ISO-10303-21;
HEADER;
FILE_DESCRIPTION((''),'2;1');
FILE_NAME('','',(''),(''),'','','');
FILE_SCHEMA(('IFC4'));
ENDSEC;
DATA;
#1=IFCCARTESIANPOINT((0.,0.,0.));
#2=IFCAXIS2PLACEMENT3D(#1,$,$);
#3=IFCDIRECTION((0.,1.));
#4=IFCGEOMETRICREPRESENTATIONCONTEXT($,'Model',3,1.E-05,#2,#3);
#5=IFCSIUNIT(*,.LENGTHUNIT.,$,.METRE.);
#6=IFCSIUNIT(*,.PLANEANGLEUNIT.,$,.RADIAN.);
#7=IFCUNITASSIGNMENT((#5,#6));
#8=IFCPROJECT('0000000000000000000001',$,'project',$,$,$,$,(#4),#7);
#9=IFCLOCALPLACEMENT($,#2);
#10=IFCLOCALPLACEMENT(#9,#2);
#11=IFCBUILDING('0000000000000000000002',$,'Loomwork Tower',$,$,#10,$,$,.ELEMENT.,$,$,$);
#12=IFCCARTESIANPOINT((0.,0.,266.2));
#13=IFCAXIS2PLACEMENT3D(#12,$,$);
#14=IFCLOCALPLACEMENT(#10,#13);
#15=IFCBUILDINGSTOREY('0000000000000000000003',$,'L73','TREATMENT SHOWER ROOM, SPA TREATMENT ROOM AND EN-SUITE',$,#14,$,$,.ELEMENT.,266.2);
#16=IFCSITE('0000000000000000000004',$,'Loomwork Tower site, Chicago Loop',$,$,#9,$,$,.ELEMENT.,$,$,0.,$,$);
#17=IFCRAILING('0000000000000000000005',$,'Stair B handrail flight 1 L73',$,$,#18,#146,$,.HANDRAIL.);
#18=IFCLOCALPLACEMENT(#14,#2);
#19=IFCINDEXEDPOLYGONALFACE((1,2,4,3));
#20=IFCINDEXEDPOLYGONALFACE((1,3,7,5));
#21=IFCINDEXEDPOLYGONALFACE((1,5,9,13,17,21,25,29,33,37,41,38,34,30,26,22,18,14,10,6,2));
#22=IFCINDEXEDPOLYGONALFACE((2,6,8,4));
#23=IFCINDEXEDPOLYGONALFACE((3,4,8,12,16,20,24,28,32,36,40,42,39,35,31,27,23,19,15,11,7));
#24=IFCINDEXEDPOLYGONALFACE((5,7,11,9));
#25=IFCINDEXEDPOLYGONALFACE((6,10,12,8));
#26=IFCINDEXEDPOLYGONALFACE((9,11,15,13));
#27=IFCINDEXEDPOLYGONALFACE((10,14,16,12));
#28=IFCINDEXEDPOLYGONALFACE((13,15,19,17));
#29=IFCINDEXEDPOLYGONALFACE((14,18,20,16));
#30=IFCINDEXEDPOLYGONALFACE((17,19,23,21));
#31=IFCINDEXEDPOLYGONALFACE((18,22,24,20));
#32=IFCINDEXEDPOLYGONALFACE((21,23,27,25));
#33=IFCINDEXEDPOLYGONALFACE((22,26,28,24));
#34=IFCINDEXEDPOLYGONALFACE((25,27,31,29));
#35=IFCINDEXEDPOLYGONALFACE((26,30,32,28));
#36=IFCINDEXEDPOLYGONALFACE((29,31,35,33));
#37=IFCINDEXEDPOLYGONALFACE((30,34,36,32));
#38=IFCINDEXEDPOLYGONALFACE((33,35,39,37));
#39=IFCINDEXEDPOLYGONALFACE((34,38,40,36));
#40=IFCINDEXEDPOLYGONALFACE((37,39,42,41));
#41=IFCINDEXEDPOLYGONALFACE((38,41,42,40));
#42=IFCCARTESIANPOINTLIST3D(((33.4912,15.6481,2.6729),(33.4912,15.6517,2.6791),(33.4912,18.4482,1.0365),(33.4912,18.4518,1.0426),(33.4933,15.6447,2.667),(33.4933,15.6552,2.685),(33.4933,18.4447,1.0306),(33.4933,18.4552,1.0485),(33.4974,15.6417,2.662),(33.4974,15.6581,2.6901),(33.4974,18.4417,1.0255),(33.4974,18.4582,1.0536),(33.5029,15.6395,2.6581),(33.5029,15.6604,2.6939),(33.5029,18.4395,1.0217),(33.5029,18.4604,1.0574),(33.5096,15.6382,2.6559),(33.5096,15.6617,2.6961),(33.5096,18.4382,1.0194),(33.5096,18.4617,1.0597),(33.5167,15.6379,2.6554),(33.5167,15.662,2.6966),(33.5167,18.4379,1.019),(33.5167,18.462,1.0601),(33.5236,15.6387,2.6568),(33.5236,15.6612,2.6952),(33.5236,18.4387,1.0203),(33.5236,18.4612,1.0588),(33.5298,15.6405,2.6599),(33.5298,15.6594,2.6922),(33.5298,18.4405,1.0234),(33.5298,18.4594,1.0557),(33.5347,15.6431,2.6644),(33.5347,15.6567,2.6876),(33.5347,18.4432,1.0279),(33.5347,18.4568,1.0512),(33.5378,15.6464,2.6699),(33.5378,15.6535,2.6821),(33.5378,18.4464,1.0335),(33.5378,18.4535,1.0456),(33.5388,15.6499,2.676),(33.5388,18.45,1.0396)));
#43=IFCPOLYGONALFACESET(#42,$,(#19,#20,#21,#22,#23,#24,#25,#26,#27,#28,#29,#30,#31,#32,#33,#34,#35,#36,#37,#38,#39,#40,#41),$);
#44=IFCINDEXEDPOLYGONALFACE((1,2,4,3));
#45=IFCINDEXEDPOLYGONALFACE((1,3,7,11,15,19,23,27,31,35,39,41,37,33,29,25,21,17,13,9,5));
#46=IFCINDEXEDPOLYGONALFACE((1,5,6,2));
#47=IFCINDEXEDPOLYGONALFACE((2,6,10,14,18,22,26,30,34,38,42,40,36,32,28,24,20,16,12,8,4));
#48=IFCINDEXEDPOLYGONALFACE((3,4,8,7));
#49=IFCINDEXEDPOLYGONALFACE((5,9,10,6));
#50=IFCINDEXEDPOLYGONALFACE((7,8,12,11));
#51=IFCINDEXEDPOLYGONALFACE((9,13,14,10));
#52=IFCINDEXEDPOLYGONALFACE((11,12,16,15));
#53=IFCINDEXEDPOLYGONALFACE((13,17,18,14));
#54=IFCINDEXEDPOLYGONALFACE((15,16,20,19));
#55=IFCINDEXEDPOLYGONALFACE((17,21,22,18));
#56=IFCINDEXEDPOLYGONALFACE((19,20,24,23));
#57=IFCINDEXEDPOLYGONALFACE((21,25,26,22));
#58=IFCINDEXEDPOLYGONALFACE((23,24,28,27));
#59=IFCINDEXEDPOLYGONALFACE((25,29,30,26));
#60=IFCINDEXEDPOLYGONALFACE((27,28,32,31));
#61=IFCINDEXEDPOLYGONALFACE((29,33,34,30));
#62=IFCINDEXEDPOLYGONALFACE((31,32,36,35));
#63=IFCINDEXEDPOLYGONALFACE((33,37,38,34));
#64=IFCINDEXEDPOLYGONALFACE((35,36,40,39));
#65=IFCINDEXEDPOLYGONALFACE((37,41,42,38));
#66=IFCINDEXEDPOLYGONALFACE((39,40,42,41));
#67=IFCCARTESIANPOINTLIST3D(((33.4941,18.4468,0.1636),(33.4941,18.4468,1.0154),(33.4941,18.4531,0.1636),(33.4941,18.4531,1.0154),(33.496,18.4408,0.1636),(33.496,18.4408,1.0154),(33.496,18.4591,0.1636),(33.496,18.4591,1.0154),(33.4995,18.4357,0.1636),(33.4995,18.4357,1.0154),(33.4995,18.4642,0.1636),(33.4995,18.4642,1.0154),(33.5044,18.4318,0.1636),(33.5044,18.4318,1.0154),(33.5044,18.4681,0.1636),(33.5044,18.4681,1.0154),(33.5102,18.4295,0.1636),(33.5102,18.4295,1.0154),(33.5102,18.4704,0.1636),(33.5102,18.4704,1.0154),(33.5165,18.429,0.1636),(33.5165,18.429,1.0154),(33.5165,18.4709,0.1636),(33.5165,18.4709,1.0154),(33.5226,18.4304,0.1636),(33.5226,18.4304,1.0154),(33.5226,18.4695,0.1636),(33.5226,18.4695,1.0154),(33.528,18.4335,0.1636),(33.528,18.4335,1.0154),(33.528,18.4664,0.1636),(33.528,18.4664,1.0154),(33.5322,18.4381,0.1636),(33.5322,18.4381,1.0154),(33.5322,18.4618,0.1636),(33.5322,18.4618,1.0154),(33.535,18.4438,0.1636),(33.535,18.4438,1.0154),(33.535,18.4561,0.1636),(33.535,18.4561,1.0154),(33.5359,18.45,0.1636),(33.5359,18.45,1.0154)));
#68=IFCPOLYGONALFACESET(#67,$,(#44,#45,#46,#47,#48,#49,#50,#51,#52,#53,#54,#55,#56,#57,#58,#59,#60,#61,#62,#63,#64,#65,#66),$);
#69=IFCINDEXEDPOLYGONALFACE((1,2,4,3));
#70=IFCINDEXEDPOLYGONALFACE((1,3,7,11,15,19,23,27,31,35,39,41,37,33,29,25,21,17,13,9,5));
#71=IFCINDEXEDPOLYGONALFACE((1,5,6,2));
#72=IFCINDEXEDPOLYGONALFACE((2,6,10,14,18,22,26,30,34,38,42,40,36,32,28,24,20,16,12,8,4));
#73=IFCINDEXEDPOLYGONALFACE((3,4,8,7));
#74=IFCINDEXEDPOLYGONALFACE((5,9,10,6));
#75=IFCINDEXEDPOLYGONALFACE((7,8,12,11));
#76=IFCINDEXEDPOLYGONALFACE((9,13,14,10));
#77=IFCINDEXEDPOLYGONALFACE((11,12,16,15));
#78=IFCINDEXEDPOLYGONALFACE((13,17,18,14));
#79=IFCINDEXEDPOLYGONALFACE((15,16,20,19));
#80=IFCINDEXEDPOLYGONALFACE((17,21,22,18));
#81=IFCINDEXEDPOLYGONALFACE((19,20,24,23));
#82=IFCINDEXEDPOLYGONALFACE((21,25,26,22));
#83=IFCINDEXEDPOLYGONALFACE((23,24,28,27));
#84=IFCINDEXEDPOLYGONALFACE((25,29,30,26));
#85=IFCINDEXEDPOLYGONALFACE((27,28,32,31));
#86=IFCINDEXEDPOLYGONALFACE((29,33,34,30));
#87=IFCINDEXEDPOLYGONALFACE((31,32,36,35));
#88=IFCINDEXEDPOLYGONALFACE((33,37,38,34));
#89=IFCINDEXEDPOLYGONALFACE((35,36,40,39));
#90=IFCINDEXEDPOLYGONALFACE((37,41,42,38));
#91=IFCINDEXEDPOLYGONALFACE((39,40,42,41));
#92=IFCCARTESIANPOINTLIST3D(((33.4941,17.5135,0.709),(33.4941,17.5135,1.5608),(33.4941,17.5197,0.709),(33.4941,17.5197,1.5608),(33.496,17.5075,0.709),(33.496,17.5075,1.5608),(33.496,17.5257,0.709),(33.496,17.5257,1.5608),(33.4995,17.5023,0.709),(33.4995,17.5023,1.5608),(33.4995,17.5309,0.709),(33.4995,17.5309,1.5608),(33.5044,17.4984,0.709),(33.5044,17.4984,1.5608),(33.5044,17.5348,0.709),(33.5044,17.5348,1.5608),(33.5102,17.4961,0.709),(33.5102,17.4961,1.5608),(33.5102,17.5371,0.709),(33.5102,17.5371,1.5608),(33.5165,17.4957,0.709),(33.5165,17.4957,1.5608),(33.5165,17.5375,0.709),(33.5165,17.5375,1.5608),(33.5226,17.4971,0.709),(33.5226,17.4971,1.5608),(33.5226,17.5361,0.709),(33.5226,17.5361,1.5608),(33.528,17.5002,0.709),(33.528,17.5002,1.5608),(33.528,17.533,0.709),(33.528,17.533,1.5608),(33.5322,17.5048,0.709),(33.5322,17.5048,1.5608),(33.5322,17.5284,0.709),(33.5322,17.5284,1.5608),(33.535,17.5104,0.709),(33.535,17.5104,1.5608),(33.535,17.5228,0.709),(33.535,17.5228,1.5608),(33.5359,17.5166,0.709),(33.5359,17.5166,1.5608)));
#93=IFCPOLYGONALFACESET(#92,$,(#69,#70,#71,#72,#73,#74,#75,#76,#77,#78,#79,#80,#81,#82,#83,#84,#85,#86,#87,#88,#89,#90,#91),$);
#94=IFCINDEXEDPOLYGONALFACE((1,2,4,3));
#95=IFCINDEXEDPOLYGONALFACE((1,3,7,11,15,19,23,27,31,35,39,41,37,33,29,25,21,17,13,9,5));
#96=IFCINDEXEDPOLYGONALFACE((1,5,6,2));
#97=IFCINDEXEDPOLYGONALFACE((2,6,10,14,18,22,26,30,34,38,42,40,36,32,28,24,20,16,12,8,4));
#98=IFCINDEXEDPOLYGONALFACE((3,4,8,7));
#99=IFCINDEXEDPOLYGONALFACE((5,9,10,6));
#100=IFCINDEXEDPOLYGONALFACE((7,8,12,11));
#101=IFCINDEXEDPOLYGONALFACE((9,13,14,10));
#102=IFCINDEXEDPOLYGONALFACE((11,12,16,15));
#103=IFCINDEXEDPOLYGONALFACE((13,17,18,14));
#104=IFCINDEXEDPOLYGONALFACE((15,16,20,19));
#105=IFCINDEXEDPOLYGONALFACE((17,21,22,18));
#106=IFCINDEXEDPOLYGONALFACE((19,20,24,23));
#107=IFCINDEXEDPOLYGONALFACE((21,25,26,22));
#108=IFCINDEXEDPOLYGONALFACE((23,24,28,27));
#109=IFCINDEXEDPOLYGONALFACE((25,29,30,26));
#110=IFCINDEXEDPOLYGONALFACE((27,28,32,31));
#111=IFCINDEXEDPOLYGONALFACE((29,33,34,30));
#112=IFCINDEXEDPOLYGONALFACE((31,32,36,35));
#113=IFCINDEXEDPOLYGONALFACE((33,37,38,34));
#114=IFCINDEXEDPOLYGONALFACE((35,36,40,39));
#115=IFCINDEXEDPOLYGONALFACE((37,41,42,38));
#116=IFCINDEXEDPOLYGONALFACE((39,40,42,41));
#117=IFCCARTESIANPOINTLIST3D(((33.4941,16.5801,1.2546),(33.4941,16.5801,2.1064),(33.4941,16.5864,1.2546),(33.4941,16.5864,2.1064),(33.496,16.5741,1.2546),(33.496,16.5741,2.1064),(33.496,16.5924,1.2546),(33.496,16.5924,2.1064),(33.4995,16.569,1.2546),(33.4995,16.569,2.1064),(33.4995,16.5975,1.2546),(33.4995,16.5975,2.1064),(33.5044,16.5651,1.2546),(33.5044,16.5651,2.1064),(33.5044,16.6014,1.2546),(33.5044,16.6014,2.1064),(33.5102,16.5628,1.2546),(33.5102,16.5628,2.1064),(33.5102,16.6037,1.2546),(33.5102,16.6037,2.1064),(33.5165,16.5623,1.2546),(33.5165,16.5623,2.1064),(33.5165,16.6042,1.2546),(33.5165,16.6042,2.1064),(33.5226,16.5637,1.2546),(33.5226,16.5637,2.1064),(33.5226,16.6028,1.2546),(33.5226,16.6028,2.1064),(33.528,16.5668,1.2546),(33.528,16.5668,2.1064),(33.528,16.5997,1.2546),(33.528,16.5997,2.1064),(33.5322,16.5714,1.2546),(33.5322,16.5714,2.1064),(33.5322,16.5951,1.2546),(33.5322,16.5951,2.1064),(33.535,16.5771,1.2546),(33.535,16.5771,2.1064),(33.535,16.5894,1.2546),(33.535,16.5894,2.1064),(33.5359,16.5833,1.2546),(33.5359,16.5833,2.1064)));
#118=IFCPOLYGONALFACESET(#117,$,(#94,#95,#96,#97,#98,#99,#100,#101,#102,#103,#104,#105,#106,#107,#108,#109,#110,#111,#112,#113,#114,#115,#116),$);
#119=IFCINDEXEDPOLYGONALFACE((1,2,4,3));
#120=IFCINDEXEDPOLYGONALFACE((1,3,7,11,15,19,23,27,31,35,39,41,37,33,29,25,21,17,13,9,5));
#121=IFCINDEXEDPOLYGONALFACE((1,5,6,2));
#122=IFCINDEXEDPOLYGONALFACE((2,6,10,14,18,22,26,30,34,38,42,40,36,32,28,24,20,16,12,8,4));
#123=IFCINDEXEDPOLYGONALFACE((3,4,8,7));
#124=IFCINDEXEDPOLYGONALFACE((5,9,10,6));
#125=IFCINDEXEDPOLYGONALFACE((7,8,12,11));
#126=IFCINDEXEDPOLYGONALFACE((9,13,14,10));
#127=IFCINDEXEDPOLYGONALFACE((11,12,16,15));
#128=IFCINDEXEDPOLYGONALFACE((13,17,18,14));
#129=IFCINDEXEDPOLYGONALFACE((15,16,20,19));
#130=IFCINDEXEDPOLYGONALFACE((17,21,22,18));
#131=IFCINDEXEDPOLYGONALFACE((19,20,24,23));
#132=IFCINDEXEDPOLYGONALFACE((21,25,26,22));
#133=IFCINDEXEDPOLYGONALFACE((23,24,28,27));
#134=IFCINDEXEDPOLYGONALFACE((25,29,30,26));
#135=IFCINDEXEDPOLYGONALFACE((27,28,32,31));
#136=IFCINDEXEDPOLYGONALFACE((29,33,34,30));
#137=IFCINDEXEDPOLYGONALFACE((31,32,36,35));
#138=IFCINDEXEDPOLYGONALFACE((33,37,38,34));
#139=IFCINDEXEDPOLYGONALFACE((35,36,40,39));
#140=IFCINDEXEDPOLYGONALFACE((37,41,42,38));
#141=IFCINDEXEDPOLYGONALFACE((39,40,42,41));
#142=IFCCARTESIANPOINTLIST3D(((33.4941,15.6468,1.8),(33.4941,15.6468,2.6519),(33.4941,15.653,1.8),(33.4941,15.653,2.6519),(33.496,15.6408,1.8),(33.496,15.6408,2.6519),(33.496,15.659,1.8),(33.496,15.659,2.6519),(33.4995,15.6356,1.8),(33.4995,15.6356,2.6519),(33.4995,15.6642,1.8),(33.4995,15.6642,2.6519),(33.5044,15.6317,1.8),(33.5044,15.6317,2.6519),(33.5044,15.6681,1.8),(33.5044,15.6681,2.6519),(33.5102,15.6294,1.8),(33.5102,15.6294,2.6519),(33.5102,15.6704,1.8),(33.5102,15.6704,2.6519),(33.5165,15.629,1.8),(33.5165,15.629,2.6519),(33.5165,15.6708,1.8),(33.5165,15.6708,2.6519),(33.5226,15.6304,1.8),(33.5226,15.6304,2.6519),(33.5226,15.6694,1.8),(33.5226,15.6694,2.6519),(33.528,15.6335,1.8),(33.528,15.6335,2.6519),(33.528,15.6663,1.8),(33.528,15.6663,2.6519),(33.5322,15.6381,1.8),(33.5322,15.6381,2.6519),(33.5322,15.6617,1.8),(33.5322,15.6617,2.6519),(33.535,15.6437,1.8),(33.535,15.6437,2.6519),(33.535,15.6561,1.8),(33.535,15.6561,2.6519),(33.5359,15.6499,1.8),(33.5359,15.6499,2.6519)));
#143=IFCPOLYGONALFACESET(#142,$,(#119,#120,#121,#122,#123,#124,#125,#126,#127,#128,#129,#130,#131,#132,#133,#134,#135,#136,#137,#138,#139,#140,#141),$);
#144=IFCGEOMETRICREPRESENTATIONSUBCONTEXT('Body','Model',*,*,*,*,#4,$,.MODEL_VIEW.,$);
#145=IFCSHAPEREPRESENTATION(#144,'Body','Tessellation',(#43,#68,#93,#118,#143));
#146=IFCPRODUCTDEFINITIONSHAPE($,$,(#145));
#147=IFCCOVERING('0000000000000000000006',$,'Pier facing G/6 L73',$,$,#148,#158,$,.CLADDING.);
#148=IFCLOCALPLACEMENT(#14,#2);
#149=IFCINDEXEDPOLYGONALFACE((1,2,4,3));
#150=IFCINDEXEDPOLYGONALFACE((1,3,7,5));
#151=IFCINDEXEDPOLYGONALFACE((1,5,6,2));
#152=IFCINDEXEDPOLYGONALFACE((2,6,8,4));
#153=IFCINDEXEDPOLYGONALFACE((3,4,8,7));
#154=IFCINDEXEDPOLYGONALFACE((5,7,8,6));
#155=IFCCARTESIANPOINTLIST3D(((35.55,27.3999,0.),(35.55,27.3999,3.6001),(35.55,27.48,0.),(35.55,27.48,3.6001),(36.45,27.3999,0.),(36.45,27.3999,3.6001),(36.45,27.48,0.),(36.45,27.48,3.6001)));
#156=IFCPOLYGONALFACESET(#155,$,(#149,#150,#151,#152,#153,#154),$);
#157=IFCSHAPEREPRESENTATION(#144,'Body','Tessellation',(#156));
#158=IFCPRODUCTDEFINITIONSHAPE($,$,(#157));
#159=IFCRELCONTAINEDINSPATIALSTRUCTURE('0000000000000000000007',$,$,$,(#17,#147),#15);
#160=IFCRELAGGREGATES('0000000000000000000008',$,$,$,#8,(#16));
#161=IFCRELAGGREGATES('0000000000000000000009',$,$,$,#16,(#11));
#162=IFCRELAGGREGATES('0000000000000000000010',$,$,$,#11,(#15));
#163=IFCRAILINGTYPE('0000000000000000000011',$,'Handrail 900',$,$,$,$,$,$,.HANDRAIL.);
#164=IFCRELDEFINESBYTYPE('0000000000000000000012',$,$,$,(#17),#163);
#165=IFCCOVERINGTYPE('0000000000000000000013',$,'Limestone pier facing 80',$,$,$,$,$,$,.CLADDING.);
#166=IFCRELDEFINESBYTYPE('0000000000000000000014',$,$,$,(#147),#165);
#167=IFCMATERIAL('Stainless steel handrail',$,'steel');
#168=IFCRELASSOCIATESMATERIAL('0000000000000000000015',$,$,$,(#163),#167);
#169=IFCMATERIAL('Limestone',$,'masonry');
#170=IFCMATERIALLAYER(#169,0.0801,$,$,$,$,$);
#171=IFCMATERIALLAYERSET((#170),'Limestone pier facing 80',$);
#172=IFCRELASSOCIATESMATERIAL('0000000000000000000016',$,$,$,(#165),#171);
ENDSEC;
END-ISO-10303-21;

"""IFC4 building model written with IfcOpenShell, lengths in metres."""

from ifc_helpers import new_model, si_unit, direction, frame, origin, origin_2d, place, context, subcontext, project, spatial, rectangle, circle, extrude, material, layer, layer_set, type_object, element, save


model = new_model("IFC4")

# Units and contexts
model_context = context("Model", 3, precision=1e-05, world=origin(), true_north=direction((0.0, 1.0)))
body_context = subcontext(model_context, "Body", "Model", "MODEL_VIEW")
ifc_project = project(units=[si_unit("LENGTHUNIT", "METRE"), si_unit("PLANEANGLEUNIT", "RADIAN")], contexts=[model_context])

# Site, building, storey
site_placement = place(None, origin())
site = spatial("IfcSite", under=ifc_project, at=site_placement, Name="Loomwork Tower site, Chicago Loop", CompositionType="ELEMENT", RefElevation=0.0)
building_placement = place(site_placement, origin())
building = spatial("IfcBuilding", under=site, at=building_placement, Name="Loomwork Tower", CompositionType="ELEMENT")
storey_placement = place(building_placement, frame((0.0, 0.0, 266.2)))
storey = spatial("IfcBuildingStorey", under=building, at=storey_placement, Name="L73", Description="TREATMENT SHOWER ROOM, SPA TREATMENT ROOM AND EN-SUITE", CompositionType="ELEMENT", Elevation=266.2)

# Railing
ifc_material_1 = material(Name="Stainless steel handrail", Category="steel")
railing_type = type_object("IfcRailingType", Name="Handrail 900", PredefinedType="HANDRAIL", material=ifc_material_1)
railing_placement = place(storey_placement, frame((33.5149, 18.45, 0.1636)))
element("IfcRailing", 1, at=railing_placement, inside=storey, type_object=railing_type, Name="Stair B handrail flight 1 L73", PredefinedType="HANDRAIL", context=body_context, shape_type="SweptSolid", body=[
    extrude(circle(Radius=0.0239, at=origin_2d()), frame((0.0, 0.0, 0.876), z_axis=(0.0, -0.863361, 0.504587), x_axis=(1.0, 0.0, 0.0)), (0.0, 0.0, 1.0), 3.2432),
    extrude(circle(Radius=0.021, at=origin_2d()), origin(), (0.0, 0.0, 1.0), 0.8518),
    extrude(circle(Radius=0.021, at=origin_2d()), frame((0.0, -0.9333, 0.5454)), (0.0, 0.0, 1.0), 0.8518),
    extrude(circle(Radius=0.021, at=origin_2d()), frame((0.0, -1.8667, 1.0911)), (0.0, 0.0, 1.0), 0.8518),
    extrude(circle(Radius=0.021, at=origin_2d()), frame((0.0, -2.8, 1.6365)), (0.0, 0.0, 1.0), 0.8518),
])

# Covering
ifc_material_2 = material(Name="Limestone", Category="masonry")
ifc_layer_1 = layer(ifc_material_2, 0.0801)
ifc_layer_set_1 = layer_set([ifc_layer_1], Name="Limestone pier facing 80")
covering_type = type_object("IfcCoveringType", Name="Limestone pier facing 80", PredefinedType="CLADDING", material=ifc_layer_set_1)
covering_placement = place(storey_placement, frame((36.0, 27.4399, 0.0), z_axis=(0.0, 0.0, 1.0), x_axis=(1.0, 0.0, 0.0)))
element("IfcCovering", 2, at=covering_placement, inside=storey, type_object=covering_type, Name="Pier facing G/6 L73", PredefinedType="CLADDING", context=body_context, shape_type="SweptSolid", body=[
    extrude(rectangle(XDim=0.8999, YDim=0.0801, at=origin_2d()), origin(), (0.0, 0.0, 1.0), 3.6001),
])

save(model, "model.ifc")
